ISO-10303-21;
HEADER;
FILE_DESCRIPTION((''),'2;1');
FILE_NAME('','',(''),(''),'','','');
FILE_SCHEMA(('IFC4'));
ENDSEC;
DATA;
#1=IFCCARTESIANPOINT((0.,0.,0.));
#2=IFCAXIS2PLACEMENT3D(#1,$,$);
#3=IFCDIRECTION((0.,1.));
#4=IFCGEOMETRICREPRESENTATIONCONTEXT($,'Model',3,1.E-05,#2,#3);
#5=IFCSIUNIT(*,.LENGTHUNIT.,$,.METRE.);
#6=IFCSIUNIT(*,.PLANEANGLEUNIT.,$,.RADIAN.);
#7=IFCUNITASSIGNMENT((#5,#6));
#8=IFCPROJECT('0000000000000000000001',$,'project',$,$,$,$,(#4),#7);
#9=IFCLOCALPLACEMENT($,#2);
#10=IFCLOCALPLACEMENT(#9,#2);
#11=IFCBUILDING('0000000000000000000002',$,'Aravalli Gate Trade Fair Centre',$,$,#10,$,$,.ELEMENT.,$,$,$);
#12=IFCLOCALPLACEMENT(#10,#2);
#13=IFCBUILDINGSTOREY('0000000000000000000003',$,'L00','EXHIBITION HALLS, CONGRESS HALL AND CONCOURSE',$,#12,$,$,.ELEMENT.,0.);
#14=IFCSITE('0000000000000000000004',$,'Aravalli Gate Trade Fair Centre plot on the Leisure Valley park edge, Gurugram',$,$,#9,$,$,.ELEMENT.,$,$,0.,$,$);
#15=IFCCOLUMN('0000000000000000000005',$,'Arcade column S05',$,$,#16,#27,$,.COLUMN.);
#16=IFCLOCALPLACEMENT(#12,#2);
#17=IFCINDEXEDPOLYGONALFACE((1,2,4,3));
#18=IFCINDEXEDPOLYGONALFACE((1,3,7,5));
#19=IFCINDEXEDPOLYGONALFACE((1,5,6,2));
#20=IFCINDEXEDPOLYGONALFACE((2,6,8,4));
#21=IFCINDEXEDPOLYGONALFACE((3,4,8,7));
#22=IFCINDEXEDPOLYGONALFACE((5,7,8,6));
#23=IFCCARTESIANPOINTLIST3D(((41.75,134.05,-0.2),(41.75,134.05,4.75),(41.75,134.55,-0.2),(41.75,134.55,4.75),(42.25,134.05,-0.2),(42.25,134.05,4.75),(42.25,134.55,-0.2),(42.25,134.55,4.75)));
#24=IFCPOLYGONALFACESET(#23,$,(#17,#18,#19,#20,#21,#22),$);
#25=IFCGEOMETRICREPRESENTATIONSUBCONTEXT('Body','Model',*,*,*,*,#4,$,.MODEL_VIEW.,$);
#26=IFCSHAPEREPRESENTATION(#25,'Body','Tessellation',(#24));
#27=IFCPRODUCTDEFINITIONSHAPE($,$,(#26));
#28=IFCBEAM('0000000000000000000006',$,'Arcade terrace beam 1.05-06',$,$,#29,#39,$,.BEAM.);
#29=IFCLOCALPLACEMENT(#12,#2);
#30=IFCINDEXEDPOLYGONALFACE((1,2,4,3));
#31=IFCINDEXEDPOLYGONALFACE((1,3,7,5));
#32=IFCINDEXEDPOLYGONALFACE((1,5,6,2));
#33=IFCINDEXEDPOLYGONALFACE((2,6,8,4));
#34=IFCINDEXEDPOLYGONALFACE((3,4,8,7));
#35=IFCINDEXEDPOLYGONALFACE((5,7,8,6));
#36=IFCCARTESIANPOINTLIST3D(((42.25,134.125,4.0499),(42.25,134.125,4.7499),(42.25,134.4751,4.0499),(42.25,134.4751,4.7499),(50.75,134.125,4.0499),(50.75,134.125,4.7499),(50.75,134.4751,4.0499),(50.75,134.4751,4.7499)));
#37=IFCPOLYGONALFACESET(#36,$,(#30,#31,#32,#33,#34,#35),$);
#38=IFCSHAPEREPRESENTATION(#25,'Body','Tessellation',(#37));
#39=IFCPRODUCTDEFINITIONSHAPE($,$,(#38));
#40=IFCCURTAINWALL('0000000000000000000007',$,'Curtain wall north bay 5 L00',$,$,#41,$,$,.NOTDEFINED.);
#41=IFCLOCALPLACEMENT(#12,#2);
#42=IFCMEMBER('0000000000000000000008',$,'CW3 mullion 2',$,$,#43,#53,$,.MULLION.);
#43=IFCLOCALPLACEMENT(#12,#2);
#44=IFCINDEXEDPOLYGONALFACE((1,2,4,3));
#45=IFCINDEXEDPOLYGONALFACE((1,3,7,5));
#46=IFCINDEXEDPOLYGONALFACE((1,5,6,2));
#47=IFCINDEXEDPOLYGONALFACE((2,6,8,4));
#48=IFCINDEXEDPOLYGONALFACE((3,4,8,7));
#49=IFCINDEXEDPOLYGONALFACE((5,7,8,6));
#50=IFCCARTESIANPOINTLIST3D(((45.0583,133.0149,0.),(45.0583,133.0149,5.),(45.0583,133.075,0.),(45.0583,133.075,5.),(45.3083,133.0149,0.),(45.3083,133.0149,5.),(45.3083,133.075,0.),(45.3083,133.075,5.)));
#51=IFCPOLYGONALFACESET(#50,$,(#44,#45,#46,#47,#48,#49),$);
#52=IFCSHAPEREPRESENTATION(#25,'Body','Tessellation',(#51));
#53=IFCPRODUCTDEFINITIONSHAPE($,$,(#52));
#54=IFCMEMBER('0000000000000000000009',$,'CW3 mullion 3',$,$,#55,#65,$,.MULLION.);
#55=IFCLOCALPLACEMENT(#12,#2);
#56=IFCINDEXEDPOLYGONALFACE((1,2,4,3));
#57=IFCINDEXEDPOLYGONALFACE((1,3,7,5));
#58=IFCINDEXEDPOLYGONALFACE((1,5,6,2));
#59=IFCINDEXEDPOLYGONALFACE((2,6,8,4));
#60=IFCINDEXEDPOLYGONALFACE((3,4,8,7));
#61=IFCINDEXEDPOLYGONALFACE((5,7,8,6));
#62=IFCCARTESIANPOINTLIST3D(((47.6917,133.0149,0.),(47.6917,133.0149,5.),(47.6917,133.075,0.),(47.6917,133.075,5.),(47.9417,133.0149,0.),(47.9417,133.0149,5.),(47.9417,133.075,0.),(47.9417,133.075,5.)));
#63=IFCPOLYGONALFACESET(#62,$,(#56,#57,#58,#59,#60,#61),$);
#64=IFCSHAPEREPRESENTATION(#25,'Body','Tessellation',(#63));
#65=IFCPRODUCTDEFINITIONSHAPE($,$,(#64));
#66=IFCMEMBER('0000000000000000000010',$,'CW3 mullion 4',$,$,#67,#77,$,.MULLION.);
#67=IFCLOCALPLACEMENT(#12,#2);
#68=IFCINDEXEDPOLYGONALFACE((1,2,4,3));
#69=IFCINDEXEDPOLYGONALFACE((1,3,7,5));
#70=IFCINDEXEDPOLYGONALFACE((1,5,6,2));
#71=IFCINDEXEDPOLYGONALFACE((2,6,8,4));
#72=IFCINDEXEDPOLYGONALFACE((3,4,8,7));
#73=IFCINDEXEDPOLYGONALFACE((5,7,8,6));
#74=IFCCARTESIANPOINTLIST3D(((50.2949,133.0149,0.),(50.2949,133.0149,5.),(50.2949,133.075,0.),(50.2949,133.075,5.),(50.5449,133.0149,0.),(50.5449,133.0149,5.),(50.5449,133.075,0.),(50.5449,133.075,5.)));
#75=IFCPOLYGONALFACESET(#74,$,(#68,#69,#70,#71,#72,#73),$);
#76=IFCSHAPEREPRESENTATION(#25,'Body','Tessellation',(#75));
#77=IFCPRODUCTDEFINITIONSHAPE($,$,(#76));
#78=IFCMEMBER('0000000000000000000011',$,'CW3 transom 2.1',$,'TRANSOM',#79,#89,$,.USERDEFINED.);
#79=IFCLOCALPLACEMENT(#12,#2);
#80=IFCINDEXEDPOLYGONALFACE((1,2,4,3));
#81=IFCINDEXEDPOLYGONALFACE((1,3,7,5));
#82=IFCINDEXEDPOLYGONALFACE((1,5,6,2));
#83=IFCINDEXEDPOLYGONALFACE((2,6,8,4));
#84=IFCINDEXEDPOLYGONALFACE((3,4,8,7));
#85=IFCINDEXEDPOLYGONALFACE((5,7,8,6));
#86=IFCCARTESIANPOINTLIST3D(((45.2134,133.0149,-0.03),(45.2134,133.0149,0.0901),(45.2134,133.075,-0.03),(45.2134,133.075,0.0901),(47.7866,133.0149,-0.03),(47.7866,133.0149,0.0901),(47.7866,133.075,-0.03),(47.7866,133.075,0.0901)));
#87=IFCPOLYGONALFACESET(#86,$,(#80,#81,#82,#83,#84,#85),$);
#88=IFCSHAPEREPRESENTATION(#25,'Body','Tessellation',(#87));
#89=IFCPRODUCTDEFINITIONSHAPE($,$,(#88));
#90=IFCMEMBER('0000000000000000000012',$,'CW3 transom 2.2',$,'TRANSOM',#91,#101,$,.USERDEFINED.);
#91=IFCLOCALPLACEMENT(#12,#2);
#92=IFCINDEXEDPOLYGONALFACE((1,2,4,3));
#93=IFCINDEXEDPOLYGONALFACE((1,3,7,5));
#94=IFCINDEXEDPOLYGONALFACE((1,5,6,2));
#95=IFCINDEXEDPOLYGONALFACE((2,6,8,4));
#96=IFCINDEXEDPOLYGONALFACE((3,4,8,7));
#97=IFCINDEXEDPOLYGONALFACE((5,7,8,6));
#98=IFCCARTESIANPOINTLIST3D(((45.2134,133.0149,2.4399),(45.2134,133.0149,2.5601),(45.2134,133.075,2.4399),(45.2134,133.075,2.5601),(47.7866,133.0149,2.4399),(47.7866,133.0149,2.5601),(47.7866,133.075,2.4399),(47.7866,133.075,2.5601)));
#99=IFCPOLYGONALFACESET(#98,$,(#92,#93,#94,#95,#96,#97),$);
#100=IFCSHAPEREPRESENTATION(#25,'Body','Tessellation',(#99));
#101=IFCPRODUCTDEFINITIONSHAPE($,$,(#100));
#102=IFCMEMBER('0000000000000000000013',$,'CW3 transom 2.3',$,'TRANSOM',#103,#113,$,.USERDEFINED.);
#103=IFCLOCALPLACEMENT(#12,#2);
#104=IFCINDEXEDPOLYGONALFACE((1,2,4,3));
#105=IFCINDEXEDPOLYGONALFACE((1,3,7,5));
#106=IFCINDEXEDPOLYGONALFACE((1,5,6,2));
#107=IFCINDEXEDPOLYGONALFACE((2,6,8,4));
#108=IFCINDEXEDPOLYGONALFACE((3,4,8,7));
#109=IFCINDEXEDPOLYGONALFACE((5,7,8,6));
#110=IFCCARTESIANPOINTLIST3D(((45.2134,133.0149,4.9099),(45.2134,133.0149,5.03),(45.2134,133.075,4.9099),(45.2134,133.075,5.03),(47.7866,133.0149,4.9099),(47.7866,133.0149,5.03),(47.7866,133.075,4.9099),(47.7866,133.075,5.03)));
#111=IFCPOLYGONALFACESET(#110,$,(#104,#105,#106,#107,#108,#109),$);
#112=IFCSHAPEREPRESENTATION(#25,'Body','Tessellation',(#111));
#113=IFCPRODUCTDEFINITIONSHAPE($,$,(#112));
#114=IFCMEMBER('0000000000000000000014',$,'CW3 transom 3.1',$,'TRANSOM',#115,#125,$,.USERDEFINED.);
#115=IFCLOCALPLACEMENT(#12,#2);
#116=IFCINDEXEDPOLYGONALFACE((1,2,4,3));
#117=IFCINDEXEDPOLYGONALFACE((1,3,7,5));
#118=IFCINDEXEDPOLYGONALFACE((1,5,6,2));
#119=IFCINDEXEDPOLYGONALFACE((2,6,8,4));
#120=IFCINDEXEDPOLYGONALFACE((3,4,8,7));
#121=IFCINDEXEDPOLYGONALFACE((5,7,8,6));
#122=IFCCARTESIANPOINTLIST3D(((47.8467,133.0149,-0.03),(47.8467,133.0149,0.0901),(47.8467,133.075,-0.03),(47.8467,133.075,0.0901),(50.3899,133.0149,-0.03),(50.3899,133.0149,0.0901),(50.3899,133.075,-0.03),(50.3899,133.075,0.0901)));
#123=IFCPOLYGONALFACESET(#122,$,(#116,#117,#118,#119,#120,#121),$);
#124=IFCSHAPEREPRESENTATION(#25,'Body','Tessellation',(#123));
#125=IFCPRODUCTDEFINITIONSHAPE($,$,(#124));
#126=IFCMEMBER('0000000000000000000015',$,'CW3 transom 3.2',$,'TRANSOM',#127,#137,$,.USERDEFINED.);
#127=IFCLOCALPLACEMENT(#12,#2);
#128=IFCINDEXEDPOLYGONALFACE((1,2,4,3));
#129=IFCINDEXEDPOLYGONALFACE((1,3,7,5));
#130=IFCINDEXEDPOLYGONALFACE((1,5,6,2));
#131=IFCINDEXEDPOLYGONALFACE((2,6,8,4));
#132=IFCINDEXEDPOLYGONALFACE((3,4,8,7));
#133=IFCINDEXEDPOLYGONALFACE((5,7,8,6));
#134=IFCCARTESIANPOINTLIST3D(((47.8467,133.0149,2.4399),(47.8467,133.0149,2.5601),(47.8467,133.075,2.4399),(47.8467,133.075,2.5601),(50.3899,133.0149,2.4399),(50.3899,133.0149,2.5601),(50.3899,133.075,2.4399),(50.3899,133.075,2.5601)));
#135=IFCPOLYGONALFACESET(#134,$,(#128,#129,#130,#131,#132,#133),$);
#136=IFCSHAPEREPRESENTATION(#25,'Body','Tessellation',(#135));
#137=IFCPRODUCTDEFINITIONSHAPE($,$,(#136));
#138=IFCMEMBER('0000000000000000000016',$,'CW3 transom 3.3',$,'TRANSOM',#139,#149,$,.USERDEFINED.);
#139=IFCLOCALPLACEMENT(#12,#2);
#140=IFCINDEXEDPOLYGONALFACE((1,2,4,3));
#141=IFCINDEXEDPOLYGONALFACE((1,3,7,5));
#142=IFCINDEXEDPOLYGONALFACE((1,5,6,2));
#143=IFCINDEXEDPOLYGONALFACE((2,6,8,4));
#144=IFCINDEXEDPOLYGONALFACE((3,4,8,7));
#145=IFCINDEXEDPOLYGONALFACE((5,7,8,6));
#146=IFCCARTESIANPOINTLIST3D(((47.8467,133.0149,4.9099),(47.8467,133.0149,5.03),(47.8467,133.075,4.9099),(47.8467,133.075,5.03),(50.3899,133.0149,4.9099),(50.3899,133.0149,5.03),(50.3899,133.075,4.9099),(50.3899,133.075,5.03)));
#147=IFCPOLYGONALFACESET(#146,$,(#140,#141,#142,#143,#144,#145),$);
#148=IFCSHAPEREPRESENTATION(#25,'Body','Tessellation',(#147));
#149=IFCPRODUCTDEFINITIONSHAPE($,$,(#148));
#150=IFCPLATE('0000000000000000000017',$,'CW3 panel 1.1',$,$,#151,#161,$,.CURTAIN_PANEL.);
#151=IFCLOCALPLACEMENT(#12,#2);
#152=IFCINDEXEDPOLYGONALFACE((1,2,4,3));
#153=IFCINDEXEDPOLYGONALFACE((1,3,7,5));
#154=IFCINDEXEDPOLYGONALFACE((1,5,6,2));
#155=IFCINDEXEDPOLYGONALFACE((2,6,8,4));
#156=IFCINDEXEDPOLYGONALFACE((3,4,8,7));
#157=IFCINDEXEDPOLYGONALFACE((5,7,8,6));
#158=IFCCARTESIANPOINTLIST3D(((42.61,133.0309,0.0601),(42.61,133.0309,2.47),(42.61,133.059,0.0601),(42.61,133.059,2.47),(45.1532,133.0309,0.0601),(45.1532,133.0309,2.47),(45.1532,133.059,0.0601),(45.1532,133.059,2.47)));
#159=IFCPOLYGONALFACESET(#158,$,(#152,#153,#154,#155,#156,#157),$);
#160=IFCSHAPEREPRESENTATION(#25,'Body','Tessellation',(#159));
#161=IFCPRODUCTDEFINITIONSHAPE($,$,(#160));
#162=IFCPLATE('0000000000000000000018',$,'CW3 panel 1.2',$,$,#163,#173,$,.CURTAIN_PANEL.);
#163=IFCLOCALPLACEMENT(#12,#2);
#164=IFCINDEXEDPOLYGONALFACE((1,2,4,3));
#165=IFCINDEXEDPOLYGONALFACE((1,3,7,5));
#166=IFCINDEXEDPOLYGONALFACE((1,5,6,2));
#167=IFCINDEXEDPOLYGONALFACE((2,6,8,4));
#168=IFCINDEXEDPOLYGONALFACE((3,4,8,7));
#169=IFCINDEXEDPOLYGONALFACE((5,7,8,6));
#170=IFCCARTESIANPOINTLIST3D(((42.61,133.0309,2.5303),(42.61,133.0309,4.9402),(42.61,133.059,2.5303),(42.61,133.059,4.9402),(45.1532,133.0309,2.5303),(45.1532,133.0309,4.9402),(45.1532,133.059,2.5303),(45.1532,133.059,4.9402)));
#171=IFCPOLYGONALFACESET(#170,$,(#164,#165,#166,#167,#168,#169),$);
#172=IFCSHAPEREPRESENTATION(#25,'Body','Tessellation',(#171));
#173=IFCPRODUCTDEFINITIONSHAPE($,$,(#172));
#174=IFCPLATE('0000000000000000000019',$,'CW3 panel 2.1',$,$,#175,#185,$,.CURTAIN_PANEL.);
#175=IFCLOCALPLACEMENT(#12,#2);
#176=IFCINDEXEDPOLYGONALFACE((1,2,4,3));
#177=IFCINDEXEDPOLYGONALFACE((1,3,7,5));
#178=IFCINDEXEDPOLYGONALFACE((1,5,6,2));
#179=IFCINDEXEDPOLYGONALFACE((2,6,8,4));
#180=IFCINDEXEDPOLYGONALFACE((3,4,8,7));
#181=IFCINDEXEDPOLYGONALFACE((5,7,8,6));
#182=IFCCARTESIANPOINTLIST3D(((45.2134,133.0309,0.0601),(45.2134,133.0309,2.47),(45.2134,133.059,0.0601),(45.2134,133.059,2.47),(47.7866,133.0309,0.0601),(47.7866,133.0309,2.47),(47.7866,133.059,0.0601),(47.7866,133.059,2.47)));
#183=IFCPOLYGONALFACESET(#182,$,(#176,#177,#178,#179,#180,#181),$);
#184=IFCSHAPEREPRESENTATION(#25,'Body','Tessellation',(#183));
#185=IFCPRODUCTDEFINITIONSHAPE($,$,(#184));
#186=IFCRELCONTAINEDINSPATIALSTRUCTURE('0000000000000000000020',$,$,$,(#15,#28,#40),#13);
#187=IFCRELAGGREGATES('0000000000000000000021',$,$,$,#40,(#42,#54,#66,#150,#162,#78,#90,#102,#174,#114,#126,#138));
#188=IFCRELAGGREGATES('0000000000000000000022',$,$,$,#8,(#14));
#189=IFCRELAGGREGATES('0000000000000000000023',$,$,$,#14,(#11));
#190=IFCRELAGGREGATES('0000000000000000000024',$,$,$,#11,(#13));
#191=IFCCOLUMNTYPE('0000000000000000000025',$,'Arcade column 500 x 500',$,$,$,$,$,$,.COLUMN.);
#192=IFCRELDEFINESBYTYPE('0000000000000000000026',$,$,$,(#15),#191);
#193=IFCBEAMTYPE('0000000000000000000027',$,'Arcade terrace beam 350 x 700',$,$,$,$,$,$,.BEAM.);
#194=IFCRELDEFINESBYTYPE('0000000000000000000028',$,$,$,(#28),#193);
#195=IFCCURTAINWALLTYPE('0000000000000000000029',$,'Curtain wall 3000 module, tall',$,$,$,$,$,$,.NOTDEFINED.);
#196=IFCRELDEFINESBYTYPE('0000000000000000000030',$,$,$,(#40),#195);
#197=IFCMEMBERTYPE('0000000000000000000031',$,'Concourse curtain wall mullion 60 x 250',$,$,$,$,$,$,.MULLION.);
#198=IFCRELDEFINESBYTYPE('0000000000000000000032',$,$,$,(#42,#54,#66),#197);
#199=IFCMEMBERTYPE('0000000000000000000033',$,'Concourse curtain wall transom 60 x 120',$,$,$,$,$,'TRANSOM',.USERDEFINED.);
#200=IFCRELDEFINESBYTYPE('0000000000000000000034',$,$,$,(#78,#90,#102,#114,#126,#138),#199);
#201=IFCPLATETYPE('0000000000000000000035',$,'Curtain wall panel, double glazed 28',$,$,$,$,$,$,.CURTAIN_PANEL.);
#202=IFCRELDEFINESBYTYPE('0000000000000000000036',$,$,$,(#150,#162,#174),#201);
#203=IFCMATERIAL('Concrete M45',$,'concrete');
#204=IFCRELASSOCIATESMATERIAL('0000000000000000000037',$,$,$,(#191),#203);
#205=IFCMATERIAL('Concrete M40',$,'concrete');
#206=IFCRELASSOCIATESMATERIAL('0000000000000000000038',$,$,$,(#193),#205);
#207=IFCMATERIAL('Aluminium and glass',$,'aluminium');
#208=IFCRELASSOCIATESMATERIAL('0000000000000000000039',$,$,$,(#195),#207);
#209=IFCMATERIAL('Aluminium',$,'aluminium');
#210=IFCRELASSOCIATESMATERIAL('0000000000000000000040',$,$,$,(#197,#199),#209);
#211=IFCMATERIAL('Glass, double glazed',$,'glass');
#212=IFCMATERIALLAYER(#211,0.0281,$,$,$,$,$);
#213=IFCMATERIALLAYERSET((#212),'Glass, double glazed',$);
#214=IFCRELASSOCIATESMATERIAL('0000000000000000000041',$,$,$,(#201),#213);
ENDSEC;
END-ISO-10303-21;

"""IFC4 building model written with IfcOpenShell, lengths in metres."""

from ifc_helpers import new_model, si_unit, direction, frame, origin, origin_2d, place, context, subcontext, project, spatial, rectangle, extrude, material, layer, layer_set, material_profile, profile_set, type_object, element, aggregate, save


model = new_model("IFC4")

# Units and contexts
model_context = context("Model", 3, precision=1e-05, world=origin(), true_north=direction((0.0, 1.0)))
body_context = subcontext(model_context, "Body", "Model", "MODEL_VIEW")
ifc_project = project(units=[si_unit("LENGTHUNIT", "METRE"), si_unit("PLANEANGLEUNIT", "RADIAN")], contexts=[model_context])

# Site, building, storey
site_placement = place(None, origin())
site = spatial("IfcSite", under=ifc_project, at=site_placement, Name="Aravalli Gate Trade Fair Centre plot on the Leisure Valley park edge, Gurugram", CompositionType="ELEMENT", RefElevation=0.0)
building_placement = place(site_placement, origin())
building = spatial("IfcBuilding", under=site, at=building_placement, Name="Aravalli Gate Trade Fair Centre", CompositionType="ELEMENT")
storey_placement = place(building_placement, origin())
storey = spatial("IfcBuildingStorey", under=building, at=storey_placement, Name="L00", Description="EXHIBITION HALLS, CONGRESS HALL AND CONCOURSE", CompositionType="ELEMENT", Elevation=0.0)

# Column
ifc_material_1 = material(Name="Concrete M45", Category="concrete")
ifc_material_profile_1 = material_profile(ifc_material_1, rectangle(XDim=0.5, YDim=0.5, at=origin_2d()), Name="Arcade column 500 x 500")
ifc_profile_set_1 = profile_set([ifc_material_profile_1], Name="Concrete M45")
column_type = type_object("IfcColumnType", Name="Arcade column 500 x 500", PredefinedType="COLUMN", material=ifc_profile_set_1)
column_placement = place(storey_placement, frame((42.0, 134.3, -0.2), z_axis=(0.0, 0.0, 1.0), x_axis=(1.0, 0.0, 0.0)))
element("IfcColumn", 1, at=column_placement, inside=storey, type_object=column_type, Name="Arcade column S05", PredefinedType="COLUMN", context=body_context, shape_type="SweptSolid", body=[
    extrude(rectangle(XDim=0.5, YDim=0.5, at=origin_2d()), origin(), (0.0, 0.0, 1.0), 4.95),
])

# Beam
ifc_material_2 = material(Name="Concrete M40", Category="concrete")
ifc_material_profile_2 = material_profile(ifc_material_2, rectangle(XDim=0.3501, YDim=0.7, at=origin_2d()), Name="Arcade terrace beam 350 x 700")
ifc_profile_set_2 = profile_set([ifc_material_profile_2], Name="Concrete M40")
beam_type = type_object("IfcBeamType", Name="Arcade terrace beam 350 x 700", PredefinedType="BEAM", material=ifc_profile_set_2)
beam_placement = place(storey_placement, frame((42.25, 134.3, 4.3999), z_axis=(1.0, 0.0, 0.0), x_axis=(0.0, 1.0, 0.0)))
element("IfcBeam", 2, at=beam_placement, inside=storey, type_object=beam_type, Name="Arcade terrace beam 1.05-06", PredefinedType="BEAM", context=body_context, shape_type="SweptSolid", body=[
    extrude(rectangle(XDim=0.3501, YDim=0.7, at=origin_2d()), origin(), (0.0, 0.0, 1.0), 8.5),
])

# Curtain wall, members, plates
ifc_material_3 = material(Name="Aluminium and glass", Category="aluminium")
curtain_wall_type = type_object("IfcCurtainWallType", Name="Curtain wall 3000 module, tall", PredefinedType="NOTDEFINED", material=ifc_material_3)
curtain_wall_placement = place(storey_placement, origin())
curtain_wall = element("IfcCurtainWall", 3, at=curtain_wall_placement, inside=storey, type_object=curtain_wall_type, Name="Curtain wall north bay 5 L00", PredefinedType="NOTDEFINED")
ifc_material_4 = material(Name="Aluminium", Category="aluminium")
ifc_material_profile_3 = material_profile(ifc_material_4, rectangle(XDim=0.0601, YDim=0.25, at=origin_2d()), Name="Concourse curtain wall mullion 60 x 250")
ifc_profile_set_3 = profile_set([ifc_material_profile_3], Name="Aluminium")
member_type_1 = type_object("IfcMemberType", Name="Concourse curtain wall mullion 60 x 250", PredefinedType="MULLION", material=ifc_profile_set_3)
member_1_placement = place(storey_placement, frame((45.1833, 133.0449, 0.0), z_axis=(0.0, 0.0, 1.0), x_axis=(0.0, 1.0, 0.0)))
member_1 = element("IfcMember", 4, at=member_1_placement, type_object=member_type_1, Name="CW3 mullion 2", PredefinedType="MULLION", context=body_context, shape_type="SweptSolid", body=[
    extrude(rectangle(XDim=0.0601, YDim=0.25, at=origin_2d()), origin(), (0.0, 0.0, 1.0), 5.0),
])
member_2_placement = place(storey_placement, frame((47.8167, 133.0449, 0.0), z_axis=(0.0, 0.0, 1.0), x_axis=(0.0, 1.0, 0.0)))
member_2 = element("IfcMember", 5, at=member_2_placement, type_object=member_type_1, Name="CW3 mullion 3", PredefinedType="MULLION", context=body_context, shape_type="SweptSolid", body=[
    extrude(rectangle(XDim=0.0601, YDim=0.25, at=origin_2d()), origin(), (0.0, 0.0, 1.0), 5.0),
])
member_3_placement = place(storey_placement, frame((50.4199, 133.0449, 0.0), z_axis=(0.0, 0.0, 1.0), x_axis=(0.0, 1.0, 0.0)))
member_3 = element("IfcMember", 6, at=member_3_placement, type_object=member_type_1, Name="CW3 mullion 4", PredefinedType="MULLION", context=body_context, shape_type="SweptSolid", body=[
    extrude(rectangle(XDim=0.0601, YDim=0.25, at=origin_2d()), origin(), (0.0, 0.0, 1.0), 5.0),
])
ifc_material_profile_4 = material_profile(ifc_material_4, rectangle(XDim=0.0601, YDim=0.1201, at=origin_2d()), Name="Concourse curtain wall transom 60 x 120")
ifc_profile_set_4 = profile_set([ifc_material_profile_4], Name="Aluminium")
member_type_2 = type_object("IfcMemberType", Name="Concourse curtain wall transom 60 x 120", ElementType="TRANSOM", PredefinedType="USERDEFINED", material=ifc_profile_set_4)
member_4_placement = place(storey_placement, frame((45.2134, 133.0449, 0.03), z_axis=(1.0, 0.0, 0.0), x_axis=(0.0, 1.0, 0.0)))
member_4 = element("IfcMember", 7, at=member_4_placement, type_object=member_type_2, Name="CW3 transom 2.1", ObjectType="TRANSOM", PredefinedType="USERDEFINED", context=body_context, shape_type="SweptSolid", body=[
    extrude(rectangle(XDim=0.0601, YDim=0.1201, at=origin_2d()), origin(), (0.0, 0.0, 1.0), 2.5732),
])
member_5_placement = place(storey_placement, frame((45.2134, 133.0449, 2.5), z_axis=(1.0, 0.0, 0.0), x_axis=(0.0, 1.0, 0.0)))
member_5 = element("IfcMember", 8, at=member_5_placement, type_object=member_type_2, Name="CW3 transom 2.2", ObjectType="TRANSOM", PredefinedType="USERDEFINED", context=body_context, shape_type="SweptSolid", body=[
    extrude(rectangle(XDim=0.0601, YDim=0.1201, at=origin_2d()), origin(), (0.0, 0.0, 1.0), 2.5732),
])
member_6_placement = place(storey_placement, frame((45.2134, 133.0449, 4.97), z_axis=(1.0, 0.0, 0.0), x_axis=(0.0, 1.0, 0.0)))
member_6 = element("IfcMember", 9, at=member_6_placement, type_object=member_type_2, Name="CW3 transom 2.3", ObjectType="TRANSOM", PredefinedType="USERDEFINED", context=body_context, shape_type="SweptSolid", body=[
    extrude(rectangle(XDim=0.0601, YDim=0.1201, at=origin_2d()), origin(), (0.0, 0.0, 1.0), 2.5732),
])
member_7_placement = place(storey_placement, frame((47.8467, 133.0449, 0.03), z_axis=(1.0, 0.0, 0.0), x_axis=(0.0, 1.0, 0.0)))
member_7 = element("IfcMember", 10, at=member_7_placement, type_object=member_type_2, Name="CW3 transom 3.1", ObjectType="TRANSOM", PredefinedType="USERDEFINED", context=body_context, shape_type="SweptSolid", body=[
    extrude(rectangle(XDim=0.0601, YDim=0.1201, at=origin_2d()), origin(), (0.0, 0.0, 1.0), 2.5432),
])
member_8_placement = place(storey_placement, frame((47.8467, 133.0449, 2.5), z_axis=(1.0, 0.0, 0.0), x_axis=(0.0, 1.0, 0.0)))
member_8 = element("IfcMember", 11, at=member_8_placement, type_object=member_type_2, Name="CW3 transom 3.2", ObjectType="TRANSOM", PredefinedType="USERDEFINED", context=body_context, shape_type="SweptSolid", body=[
    extrude(rectangle(XDim=0.0601, YDim=0.1201, at=origin_2d()), origin(), (0.0, 0.0, 1.0), 2.5432),
])
member_9_placement = place(storey_placement, frame((47.8467, 133.0449, 4.97), z_axis=(1.0, 0.0, 0.0), x_axis=(0.0, 1.0, 0.0)))
member_9 = element("IfcMember", 12, at=member_9_placement, type_object=member_type_2, Name="CW3 transom 3.3", ObjectType="TRANSOM", PredefinedType="USERDEFINED", context=body_context, shape_type="SweptSolid", body=[
    extrude(rectangle(XDim=0.0601, YDim=0.1201, at=origin_2d()), origin(), (0.0, 0.0, 1.0), 2.5432),
])
ifc_material_5 = material(Name="Glass, double glazed", Category="glass")
ifc_layer_1 = layer(ifc_material_5, 0.0281)
ifc_layer_set_1 = layer_set([ifc_layer_1], Name="Glass, double glazed")
plate_type = type_object("IfcPlateType", Name="Curtain wall panel, double glazed 28", PredefinedType="CURTAIN_PANEL", material=ifc_layer_set_1)
plate_1_placement = place(storey_placement, frame((43.8816, 133.0449, 0.0601), z_axis=(0.0, 0.0, 1.0), x_axis=(1.0, 0.0, 0.0)))
plate_1 = element("IfcPlate", 13, at=plate_1_placement, type_object=plate_type, Name="CW3 panel 1.1", PredefinedType="CURTAIN_PANEL", context=body_context, shape_type="SweptSolid", body=[
    extrude(rectangle(XDim=2.5432, YDim=0.0281, at=origin_2d()), origin(), (0.0, 0.0, 1.0), 2.4099),
])
plate_2_placement = place(storey_placement, frame((43.8816, 133.0449, 2.5303), z_axis=(0.0, 0.0, 1.0), x_axis=(1.0, 0.0, 0.0)))
plate_2 = element("IfcPlate", 14, at=plate_2_placement, type_object=plate_type, Name="CW3 panel 1.2", PredefinedType="CURTAIN_PANEL", context=body_context, shape_type="SweptSolid", body=[
    extrude(rectangle(XDim=2.5432, YDim=0.0281, at=origin_2d()), origin(), (0.0, 0.0, 1.0), 2.4099),
])
plate_3_placement = place(storey_placement, frame((46.5, 133.0449, 0.0601), z_axis=(0.0, 0.0, 1.0), x_axis=(1.0, 0.0, 0.0)))
plate_3 = element("IfcPlate", 15, at=plate_3_placement, type_object=plate_type, Name="CW3 panel 2.1", PredefinedType="CURTAIN_PANEL", context=body_context, shape_type="SweptSolid", body=[
    extrude(rectangle(XDim=2.5732, YDim=0.0281, at=origin_2d()), origin(), (0.0, 0.0, 1.0), 2.4099),
])
aggregate(curtain_wall, [member_1, member_2, member_3, plate_1, plate_2, member_4, member_5, member_6, plate_3, member_7, member_8, member_9])

save(model, "model.ifc")
